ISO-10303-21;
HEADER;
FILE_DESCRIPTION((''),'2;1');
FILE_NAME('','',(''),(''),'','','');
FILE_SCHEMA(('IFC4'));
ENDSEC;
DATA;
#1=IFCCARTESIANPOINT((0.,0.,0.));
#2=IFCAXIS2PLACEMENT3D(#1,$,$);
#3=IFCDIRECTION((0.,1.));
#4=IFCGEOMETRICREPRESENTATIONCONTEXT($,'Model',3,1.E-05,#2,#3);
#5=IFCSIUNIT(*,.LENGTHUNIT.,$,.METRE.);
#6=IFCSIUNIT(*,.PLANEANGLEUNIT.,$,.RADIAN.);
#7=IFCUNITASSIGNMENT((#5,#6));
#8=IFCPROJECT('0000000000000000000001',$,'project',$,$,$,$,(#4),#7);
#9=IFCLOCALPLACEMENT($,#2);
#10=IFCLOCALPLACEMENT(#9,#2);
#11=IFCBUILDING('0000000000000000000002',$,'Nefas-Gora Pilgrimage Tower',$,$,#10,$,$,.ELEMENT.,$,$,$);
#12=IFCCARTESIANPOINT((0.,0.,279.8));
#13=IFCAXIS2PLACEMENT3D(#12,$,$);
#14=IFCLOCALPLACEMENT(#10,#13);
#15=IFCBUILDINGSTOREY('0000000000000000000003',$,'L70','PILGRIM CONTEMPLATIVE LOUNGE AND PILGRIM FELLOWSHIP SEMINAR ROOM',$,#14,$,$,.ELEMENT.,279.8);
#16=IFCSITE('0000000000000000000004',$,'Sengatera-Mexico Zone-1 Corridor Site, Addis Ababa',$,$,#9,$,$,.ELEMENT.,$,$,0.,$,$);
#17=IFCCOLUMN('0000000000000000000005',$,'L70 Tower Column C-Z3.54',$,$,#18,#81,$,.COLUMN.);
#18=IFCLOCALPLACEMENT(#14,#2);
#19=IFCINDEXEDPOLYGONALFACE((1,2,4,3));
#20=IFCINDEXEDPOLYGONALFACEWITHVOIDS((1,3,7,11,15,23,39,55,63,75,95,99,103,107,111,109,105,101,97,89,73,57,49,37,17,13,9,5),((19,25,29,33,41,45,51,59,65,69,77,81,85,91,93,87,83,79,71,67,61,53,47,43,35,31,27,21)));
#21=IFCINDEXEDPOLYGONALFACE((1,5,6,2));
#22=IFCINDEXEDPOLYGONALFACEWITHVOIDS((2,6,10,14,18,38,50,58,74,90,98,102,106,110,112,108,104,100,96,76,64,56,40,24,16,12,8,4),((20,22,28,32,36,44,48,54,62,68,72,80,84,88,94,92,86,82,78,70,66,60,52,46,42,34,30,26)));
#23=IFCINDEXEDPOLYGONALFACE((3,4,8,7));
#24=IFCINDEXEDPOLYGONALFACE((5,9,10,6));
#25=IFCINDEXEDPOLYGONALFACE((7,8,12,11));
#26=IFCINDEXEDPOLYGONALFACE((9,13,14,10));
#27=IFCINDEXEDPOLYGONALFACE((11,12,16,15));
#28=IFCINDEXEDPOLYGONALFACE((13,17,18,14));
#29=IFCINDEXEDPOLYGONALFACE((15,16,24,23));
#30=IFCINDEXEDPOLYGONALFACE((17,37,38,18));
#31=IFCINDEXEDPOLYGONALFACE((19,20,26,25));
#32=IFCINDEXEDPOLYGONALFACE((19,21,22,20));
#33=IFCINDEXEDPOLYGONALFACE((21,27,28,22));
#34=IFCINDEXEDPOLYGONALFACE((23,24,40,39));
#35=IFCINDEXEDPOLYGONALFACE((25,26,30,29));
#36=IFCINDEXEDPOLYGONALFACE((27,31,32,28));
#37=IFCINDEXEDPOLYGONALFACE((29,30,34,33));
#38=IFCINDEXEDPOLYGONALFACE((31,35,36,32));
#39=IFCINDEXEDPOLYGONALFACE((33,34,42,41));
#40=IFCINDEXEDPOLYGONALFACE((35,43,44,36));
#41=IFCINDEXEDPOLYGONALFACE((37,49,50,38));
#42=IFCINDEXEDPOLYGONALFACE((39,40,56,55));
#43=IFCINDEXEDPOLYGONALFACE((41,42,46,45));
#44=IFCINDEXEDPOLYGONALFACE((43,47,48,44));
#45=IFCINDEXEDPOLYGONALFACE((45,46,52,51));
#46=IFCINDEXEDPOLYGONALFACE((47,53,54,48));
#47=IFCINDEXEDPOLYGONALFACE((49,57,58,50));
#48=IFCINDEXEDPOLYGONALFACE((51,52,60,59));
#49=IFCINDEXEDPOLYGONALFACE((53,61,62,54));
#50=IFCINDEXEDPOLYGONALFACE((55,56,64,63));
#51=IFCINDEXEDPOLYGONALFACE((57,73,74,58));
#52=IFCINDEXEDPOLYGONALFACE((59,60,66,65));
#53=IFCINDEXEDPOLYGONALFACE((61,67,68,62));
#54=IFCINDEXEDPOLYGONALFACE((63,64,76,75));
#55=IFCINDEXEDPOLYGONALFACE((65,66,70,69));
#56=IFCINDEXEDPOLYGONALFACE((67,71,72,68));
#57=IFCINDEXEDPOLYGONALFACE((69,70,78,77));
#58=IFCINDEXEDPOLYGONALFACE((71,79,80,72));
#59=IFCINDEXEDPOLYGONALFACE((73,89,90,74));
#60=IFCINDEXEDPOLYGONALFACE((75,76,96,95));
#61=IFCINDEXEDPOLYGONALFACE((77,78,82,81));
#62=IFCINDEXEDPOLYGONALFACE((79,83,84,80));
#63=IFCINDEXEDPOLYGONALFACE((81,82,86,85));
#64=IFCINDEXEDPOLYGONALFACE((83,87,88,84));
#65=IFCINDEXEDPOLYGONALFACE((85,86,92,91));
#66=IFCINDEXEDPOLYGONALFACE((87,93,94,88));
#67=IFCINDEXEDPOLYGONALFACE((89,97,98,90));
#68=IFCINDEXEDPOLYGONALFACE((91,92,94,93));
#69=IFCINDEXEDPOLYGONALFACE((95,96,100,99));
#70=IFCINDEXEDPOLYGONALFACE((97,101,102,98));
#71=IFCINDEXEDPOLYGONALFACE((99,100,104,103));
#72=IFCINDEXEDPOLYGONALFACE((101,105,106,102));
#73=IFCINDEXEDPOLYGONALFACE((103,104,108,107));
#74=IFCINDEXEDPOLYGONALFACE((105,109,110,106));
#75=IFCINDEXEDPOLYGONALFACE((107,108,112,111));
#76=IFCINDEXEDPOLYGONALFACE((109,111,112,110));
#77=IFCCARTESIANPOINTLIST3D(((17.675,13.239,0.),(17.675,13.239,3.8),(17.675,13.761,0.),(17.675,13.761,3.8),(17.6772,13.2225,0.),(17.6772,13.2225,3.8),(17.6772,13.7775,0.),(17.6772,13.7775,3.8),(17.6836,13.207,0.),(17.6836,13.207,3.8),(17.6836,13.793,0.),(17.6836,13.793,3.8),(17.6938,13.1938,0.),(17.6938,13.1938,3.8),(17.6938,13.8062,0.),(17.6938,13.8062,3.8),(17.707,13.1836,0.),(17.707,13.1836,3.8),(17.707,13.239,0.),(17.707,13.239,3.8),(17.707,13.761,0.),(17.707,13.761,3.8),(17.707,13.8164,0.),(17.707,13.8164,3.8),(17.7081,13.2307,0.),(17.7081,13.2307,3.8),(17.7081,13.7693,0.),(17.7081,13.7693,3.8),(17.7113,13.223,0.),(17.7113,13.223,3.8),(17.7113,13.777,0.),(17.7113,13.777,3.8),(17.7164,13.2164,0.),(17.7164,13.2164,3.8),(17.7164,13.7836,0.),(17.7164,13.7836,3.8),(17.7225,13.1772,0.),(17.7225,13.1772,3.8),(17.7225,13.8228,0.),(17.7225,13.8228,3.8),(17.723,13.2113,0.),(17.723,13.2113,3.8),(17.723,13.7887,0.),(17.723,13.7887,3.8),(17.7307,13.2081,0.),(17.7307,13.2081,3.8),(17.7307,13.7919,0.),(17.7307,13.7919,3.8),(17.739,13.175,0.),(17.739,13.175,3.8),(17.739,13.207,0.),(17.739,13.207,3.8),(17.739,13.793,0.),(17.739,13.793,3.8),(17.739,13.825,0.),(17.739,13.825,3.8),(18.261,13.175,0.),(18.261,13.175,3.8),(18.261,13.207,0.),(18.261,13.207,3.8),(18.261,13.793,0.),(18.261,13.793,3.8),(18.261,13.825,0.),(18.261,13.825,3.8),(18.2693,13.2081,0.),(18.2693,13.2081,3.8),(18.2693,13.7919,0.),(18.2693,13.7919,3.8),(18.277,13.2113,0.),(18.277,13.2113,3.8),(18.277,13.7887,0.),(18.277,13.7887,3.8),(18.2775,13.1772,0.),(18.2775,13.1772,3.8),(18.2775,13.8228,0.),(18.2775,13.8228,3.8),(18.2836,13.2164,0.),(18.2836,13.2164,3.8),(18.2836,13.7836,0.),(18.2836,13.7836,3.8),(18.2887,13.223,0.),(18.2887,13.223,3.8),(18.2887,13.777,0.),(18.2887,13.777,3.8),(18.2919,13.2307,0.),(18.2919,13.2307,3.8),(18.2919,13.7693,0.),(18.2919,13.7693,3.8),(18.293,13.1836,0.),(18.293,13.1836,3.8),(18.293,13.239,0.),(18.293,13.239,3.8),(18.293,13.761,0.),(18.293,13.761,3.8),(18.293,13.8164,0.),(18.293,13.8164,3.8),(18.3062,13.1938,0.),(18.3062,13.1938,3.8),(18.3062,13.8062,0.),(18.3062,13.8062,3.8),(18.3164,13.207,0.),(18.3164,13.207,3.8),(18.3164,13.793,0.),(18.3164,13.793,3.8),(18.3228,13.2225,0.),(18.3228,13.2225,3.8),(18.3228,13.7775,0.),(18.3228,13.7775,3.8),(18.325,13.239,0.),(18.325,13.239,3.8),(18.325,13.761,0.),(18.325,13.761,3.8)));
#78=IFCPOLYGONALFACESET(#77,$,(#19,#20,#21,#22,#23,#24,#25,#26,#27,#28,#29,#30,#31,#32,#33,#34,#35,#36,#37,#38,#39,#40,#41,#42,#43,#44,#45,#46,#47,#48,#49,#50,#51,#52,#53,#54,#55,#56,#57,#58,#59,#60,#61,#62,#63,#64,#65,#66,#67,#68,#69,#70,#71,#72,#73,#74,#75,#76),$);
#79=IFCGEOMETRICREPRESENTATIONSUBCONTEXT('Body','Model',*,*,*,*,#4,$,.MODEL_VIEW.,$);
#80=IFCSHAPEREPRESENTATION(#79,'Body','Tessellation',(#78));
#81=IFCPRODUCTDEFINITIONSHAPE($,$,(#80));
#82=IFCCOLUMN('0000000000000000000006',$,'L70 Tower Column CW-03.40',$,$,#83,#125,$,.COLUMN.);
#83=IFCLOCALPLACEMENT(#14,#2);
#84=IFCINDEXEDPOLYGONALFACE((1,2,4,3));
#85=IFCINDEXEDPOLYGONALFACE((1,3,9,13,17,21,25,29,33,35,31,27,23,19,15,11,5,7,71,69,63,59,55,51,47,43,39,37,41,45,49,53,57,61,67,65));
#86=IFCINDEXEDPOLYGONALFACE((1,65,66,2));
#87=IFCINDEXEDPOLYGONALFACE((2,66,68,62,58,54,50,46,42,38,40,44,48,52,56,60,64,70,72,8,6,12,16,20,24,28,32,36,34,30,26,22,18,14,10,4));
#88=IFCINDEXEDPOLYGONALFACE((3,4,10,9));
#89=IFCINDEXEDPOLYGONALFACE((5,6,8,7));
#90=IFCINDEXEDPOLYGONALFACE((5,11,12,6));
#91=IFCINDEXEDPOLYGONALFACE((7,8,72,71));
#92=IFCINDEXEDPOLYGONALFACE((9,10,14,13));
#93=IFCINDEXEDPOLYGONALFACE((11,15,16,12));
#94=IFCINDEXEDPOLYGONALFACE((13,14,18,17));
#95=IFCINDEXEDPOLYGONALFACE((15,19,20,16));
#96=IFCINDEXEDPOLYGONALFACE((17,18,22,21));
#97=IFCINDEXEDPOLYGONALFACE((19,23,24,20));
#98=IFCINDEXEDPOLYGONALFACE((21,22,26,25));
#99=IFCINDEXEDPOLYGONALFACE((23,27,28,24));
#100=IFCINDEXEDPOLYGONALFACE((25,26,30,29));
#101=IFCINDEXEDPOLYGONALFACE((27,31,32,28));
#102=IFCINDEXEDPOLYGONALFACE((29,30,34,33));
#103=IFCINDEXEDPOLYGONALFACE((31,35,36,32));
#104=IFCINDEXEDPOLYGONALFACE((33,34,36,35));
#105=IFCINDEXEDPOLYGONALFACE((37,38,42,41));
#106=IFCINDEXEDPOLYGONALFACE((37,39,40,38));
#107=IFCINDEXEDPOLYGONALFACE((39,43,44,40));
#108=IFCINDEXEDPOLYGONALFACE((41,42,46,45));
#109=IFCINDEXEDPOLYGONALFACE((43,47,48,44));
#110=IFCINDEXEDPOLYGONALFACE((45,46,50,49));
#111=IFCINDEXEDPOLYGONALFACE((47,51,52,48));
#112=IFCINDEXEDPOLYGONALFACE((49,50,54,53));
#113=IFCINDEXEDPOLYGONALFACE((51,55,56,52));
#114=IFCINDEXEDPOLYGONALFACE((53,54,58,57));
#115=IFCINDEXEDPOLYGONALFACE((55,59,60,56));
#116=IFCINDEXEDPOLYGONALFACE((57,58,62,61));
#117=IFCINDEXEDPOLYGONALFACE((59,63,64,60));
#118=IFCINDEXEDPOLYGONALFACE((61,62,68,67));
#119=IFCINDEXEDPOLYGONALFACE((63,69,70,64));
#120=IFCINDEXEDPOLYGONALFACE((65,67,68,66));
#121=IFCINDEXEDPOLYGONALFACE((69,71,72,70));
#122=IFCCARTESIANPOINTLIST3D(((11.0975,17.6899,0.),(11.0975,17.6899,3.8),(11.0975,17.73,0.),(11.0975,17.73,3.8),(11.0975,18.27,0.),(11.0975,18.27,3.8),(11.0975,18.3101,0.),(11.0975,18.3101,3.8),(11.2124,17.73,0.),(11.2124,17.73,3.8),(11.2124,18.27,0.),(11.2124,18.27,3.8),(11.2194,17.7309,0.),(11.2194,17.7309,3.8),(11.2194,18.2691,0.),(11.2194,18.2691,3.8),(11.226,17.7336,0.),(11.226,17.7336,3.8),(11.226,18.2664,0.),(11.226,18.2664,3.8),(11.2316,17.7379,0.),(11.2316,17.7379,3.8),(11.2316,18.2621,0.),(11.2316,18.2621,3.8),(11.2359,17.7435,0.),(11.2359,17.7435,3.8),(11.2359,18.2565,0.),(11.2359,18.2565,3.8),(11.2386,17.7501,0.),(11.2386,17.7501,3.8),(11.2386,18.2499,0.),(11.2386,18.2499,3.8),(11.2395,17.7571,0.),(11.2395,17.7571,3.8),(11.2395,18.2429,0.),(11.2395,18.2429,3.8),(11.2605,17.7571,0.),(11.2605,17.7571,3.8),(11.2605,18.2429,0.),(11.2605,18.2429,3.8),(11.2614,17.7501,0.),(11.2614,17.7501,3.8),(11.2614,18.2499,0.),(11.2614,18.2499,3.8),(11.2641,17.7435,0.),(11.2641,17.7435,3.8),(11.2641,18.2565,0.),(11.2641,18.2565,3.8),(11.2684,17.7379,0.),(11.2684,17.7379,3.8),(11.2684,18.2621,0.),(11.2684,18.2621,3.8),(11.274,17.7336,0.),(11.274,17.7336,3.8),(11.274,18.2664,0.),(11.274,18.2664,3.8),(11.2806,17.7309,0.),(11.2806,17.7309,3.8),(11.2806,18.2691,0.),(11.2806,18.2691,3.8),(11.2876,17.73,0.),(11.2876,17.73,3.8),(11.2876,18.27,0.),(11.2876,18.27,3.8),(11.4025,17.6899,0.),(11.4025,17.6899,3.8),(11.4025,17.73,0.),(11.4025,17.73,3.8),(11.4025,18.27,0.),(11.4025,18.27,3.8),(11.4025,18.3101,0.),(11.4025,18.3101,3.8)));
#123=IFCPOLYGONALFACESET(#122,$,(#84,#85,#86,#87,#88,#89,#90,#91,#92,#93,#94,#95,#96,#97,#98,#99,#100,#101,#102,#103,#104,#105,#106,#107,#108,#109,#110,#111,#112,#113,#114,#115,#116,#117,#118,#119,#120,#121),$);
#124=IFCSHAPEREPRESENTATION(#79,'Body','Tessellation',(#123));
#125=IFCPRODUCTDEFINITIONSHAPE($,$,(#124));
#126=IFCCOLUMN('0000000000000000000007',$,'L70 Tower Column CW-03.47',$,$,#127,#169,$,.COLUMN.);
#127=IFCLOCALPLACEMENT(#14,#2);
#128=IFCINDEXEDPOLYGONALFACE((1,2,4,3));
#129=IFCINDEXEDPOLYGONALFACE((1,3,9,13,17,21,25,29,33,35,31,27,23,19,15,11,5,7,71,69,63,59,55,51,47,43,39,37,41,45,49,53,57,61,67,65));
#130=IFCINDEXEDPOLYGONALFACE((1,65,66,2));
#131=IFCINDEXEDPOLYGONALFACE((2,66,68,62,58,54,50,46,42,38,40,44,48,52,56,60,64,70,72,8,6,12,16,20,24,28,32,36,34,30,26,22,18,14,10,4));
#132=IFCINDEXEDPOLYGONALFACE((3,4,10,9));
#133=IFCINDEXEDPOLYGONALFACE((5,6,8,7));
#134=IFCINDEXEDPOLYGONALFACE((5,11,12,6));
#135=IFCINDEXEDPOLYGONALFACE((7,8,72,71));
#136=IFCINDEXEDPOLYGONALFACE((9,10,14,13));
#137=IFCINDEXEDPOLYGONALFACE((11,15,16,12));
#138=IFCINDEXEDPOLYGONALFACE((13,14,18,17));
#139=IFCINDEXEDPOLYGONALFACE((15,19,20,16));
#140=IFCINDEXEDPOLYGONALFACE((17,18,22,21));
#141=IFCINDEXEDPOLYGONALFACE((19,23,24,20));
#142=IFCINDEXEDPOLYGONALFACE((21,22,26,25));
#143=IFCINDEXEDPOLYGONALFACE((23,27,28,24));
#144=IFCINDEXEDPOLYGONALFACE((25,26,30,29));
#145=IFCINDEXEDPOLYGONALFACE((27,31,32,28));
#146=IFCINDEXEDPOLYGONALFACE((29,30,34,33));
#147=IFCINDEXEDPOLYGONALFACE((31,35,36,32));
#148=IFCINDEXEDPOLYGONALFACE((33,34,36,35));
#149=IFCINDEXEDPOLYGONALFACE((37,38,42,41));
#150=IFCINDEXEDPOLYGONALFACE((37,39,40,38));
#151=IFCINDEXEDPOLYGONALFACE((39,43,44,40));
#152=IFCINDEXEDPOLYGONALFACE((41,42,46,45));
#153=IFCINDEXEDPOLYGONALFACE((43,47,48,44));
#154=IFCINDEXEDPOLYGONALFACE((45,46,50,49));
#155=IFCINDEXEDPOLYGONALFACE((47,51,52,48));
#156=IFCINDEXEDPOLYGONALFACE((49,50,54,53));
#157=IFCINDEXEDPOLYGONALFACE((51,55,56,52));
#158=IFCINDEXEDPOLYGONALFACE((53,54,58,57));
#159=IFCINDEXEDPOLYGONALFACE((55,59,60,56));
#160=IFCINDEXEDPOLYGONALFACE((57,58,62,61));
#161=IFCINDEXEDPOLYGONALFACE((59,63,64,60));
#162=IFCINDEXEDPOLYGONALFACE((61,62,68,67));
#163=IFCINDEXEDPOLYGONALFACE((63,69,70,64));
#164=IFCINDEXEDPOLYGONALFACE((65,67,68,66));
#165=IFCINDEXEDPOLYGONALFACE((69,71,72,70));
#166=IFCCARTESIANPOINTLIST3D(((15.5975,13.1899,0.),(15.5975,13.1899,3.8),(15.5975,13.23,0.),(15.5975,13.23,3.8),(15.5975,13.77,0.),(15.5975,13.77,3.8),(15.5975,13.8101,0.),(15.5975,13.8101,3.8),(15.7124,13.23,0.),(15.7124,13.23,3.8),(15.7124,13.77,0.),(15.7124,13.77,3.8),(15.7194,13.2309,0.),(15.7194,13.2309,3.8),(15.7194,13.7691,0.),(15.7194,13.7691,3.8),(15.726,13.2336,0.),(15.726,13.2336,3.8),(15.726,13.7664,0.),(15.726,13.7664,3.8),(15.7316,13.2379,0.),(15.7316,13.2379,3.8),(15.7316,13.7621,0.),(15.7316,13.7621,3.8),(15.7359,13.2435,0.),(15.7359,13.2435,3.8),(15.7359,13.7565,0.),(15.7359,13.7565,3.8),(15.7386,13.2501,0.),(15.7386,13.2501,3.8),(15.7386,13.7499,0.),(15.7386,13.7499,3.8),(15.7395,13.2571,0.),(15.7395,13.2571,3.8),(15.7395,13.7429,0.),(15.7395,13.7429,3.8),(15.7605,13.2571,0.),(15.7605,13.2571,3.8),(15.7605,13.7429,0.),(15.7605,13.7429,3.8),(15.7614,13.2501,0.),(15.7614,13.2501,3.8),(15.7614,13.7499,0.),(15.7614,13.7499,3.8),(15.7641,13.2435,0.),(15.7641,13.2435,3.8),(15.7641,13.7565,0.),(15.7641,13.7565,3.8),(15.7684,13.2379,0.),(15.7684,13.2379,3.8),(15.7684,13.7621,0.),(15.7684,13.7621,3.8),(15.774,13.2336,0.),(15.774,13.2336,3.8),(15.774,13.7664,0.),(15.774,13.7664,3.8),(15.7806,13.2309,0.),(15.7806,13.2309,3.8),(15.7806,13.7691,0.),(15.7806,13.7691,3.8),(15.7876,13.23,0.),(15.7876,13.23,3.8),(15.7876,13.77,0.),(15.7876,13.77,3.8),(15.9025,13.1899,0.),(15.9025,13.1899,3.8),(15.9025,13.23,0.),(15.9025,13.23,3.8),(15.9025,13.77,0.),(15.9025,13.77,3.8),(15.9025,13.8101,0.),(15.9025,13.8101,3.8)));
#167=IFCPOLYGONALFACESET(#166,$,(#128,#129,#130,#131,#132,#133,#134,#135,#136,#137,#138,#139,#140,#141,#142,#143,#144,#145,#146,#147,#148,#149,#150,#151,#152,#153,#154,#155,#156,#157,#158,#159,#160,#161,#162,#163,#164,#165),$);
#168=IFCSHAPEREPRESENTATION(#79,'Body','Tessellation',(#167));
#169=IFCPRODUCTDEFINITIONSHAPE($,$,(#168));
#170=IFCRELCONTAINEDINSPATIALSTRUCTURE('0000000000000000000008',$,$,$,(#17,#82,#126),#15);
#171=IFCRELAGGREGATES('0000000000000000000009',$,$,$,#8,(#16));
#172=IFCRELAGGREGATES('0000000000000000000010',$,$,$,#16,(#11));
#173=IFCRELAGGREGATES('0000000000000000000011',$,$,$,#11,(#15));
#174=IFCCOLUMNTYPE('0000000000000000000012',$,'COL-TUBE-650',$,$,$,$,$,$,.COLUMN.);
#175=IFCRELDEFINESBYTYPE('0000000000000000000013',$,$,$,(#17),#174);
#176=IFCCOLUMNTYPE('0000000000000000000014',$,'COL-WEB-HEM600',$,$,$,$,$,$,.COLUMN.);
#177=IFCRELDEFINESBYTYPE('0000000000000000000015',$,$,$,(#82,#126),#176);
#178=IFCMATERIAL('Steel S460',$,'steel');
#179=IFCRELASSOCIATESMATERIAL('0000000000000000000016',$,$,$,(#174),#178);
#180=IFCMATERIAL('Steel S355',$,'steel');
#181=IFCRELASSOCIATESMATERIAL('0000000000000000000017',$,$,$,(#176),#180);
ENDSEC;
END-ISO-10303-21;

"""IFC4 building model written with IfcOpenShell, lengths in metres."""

from ifc_helpers import new_model, si_unit, direction, frame, origin, origin_2d, place, context, subcontext, project, spatial, hollow_rectangle, i_section, extrude, source, transform, mapped, material, material_profile, profile_set, type_object, element, save


model = new_model("IFC4")

# Units and contexts
model_context = context("Model", 3, precision=1e-05, world=origin(), true_north=direction((0.0, 1.0)))
body_context = subcontext(model_context, "Body", "Model", "MODEL_VIEW")
ifc_project = project(units=[si_unit("LENGTHUNIT", "METRE"), si_unit("PLANEANGLEUNIT", "RADIAN")], contexts=[model_context])

# Site, building, storey
site_placement = place(None, origin())
site = spatial("IfcSite", under=ifc_project, at=site_placement, Name="Sengatera-Mexico Zone-1 Corridor Site, Addis Ababa", CompositionType="ELEMENT", RefElevation=0.0)
building_placement = place(site_placement, origin())
building = spatial("IfcBuilding", under=site, at=building_placement, Name="Nefas-Gora Pilgrimage Tower", CompositionType="ELEMENT")
storey_placement = place(building_placement, frame((0.0, 0.0, 279.8)))
storey = spatial("IfcBuildingStorey", under=building, at=storey_placement, Name="L70", Description="PILGRIM CONTEMPLATIVE LOUNGE AND PILGRIM FELLOWSHIP SEMINAR ROOM", CompositionType="ELEMENT", Elevation=279.8)

# Columns
ifc_material_1 = material(Name="Steel S460", Category="steel")
ifc_material_profile_1 = material_profile(ifc_material_1, hollow_rectangle(XDim=0.6499, YDim=0.6499, WallThickness=0.032, InnerFilletRadius=0.032, OuterFilletRadius=0.064, at=origin_2d()), Name="BOX 650x650x32")
ifc_profile_set_1 = profile_set([ifc_material_profile_1], Name="Steel S460")
column_type_1 = type_object("IfcColumnType", Name="COL-TUBE-650", PredefinedType="COLUMN", material=ifc_profile_set_1)
shared_shape_1 = source(origin(), body_context, "Body", "SweptSolid", [
    extrude(hollow_rectangle(XDim=0.6499, YDim=0.6499, WallThickness=0.032, InnerFilletRadius=0.032, OuterFilletRadius=0.064, at=origin_2d()), origin(), (0.0, 0.0, 1.0), 3.8),
])
column_placement = place(storey_placement, frame((18.0, 13.5, 0.0), z_axis=(0.0, 0.0, 1.0), x_axis=(1.0, 0.0, 0.0)))
element("IfcColumn", 1, at=column_placement, inside=storey, type_object=column_type_1, Name="L70 Tower Column C-Z3.54", PredefinedType="COLUMN", context=body_context, shape_type="MappedRepresentation", body=[
    mapped(shared_shape_1, transform((0.0, 0.0, 0.0), x_axis=(1.0, 0.0, 0.0), y_axis=(0.0, 1.0, 0.0), z_axis=(0.0, 0.0, 1.0), scale=1.0)),
])
ifc_material_2 = material(Name="Steel S355", Category="steel")
ifc_material_profile_2 = material_profile(ifc_material_2, i_section(OverallWidth=0.3049, OverallDepth=0.6201, WebThickness=0.021, FlangeThickness=0.04, FilletRadius=0.0271, at=origin_2d()), Name="HEM 600")
ifc_profile_set_2 = profile_set([ifc_material_profile_2], Name="Steel S355")
column_type_2 = type_object("IfcColumnType", Name="COL-WEB-HEM600", PredefinedType="COLUMN", material=ifc_profile_set_2)
shared_shape_2 = source(origin(), body_context, "Body", "SweptSolid", [
    extrude(i_section(OverallWidth=0.3049, OverallDepth=0.6201, WebThickness=0.021, FlangeThickness=0.04, FilletRadius=0.0271, at=origin_2d()), origin(), (0.0, 0.0, 1.0), 3.8),
])
for number, where, z_axis, x_axis, name in (
    (2, (11.25, 18.0, 0.0), (0.0, 0.0, 1.0), (1.0, 0.0, 0.0), "L70 Tower Column CW-03.40"),
    (3, (15.75, 13.5, 0.0), (0.0, 0.0, 1.0), (1.0, 0.0, 0.0), "L70 Tower Column CW-03.47"),
):
    element("IfcColumn", number, at=place(storey_placement, frame(where, z_axis=z_axis, x_axis=x_axis)), inside=storey, type_object=column_type_2, Name=name, PredefinedType="COLUMN", context=body_context, shape_type="MappedRepresentation", body=[
        mapped(shared_shape_2, transform((0.0, 0.0, 0.0), x_axis=(1.0, 0.0, 0.0), y_axis=(0.0, 1.0, 0.0), z_axis=(0.0, 0.0, 1.0), scale=1.0)),
    ])

save(model, "model.ifc")
